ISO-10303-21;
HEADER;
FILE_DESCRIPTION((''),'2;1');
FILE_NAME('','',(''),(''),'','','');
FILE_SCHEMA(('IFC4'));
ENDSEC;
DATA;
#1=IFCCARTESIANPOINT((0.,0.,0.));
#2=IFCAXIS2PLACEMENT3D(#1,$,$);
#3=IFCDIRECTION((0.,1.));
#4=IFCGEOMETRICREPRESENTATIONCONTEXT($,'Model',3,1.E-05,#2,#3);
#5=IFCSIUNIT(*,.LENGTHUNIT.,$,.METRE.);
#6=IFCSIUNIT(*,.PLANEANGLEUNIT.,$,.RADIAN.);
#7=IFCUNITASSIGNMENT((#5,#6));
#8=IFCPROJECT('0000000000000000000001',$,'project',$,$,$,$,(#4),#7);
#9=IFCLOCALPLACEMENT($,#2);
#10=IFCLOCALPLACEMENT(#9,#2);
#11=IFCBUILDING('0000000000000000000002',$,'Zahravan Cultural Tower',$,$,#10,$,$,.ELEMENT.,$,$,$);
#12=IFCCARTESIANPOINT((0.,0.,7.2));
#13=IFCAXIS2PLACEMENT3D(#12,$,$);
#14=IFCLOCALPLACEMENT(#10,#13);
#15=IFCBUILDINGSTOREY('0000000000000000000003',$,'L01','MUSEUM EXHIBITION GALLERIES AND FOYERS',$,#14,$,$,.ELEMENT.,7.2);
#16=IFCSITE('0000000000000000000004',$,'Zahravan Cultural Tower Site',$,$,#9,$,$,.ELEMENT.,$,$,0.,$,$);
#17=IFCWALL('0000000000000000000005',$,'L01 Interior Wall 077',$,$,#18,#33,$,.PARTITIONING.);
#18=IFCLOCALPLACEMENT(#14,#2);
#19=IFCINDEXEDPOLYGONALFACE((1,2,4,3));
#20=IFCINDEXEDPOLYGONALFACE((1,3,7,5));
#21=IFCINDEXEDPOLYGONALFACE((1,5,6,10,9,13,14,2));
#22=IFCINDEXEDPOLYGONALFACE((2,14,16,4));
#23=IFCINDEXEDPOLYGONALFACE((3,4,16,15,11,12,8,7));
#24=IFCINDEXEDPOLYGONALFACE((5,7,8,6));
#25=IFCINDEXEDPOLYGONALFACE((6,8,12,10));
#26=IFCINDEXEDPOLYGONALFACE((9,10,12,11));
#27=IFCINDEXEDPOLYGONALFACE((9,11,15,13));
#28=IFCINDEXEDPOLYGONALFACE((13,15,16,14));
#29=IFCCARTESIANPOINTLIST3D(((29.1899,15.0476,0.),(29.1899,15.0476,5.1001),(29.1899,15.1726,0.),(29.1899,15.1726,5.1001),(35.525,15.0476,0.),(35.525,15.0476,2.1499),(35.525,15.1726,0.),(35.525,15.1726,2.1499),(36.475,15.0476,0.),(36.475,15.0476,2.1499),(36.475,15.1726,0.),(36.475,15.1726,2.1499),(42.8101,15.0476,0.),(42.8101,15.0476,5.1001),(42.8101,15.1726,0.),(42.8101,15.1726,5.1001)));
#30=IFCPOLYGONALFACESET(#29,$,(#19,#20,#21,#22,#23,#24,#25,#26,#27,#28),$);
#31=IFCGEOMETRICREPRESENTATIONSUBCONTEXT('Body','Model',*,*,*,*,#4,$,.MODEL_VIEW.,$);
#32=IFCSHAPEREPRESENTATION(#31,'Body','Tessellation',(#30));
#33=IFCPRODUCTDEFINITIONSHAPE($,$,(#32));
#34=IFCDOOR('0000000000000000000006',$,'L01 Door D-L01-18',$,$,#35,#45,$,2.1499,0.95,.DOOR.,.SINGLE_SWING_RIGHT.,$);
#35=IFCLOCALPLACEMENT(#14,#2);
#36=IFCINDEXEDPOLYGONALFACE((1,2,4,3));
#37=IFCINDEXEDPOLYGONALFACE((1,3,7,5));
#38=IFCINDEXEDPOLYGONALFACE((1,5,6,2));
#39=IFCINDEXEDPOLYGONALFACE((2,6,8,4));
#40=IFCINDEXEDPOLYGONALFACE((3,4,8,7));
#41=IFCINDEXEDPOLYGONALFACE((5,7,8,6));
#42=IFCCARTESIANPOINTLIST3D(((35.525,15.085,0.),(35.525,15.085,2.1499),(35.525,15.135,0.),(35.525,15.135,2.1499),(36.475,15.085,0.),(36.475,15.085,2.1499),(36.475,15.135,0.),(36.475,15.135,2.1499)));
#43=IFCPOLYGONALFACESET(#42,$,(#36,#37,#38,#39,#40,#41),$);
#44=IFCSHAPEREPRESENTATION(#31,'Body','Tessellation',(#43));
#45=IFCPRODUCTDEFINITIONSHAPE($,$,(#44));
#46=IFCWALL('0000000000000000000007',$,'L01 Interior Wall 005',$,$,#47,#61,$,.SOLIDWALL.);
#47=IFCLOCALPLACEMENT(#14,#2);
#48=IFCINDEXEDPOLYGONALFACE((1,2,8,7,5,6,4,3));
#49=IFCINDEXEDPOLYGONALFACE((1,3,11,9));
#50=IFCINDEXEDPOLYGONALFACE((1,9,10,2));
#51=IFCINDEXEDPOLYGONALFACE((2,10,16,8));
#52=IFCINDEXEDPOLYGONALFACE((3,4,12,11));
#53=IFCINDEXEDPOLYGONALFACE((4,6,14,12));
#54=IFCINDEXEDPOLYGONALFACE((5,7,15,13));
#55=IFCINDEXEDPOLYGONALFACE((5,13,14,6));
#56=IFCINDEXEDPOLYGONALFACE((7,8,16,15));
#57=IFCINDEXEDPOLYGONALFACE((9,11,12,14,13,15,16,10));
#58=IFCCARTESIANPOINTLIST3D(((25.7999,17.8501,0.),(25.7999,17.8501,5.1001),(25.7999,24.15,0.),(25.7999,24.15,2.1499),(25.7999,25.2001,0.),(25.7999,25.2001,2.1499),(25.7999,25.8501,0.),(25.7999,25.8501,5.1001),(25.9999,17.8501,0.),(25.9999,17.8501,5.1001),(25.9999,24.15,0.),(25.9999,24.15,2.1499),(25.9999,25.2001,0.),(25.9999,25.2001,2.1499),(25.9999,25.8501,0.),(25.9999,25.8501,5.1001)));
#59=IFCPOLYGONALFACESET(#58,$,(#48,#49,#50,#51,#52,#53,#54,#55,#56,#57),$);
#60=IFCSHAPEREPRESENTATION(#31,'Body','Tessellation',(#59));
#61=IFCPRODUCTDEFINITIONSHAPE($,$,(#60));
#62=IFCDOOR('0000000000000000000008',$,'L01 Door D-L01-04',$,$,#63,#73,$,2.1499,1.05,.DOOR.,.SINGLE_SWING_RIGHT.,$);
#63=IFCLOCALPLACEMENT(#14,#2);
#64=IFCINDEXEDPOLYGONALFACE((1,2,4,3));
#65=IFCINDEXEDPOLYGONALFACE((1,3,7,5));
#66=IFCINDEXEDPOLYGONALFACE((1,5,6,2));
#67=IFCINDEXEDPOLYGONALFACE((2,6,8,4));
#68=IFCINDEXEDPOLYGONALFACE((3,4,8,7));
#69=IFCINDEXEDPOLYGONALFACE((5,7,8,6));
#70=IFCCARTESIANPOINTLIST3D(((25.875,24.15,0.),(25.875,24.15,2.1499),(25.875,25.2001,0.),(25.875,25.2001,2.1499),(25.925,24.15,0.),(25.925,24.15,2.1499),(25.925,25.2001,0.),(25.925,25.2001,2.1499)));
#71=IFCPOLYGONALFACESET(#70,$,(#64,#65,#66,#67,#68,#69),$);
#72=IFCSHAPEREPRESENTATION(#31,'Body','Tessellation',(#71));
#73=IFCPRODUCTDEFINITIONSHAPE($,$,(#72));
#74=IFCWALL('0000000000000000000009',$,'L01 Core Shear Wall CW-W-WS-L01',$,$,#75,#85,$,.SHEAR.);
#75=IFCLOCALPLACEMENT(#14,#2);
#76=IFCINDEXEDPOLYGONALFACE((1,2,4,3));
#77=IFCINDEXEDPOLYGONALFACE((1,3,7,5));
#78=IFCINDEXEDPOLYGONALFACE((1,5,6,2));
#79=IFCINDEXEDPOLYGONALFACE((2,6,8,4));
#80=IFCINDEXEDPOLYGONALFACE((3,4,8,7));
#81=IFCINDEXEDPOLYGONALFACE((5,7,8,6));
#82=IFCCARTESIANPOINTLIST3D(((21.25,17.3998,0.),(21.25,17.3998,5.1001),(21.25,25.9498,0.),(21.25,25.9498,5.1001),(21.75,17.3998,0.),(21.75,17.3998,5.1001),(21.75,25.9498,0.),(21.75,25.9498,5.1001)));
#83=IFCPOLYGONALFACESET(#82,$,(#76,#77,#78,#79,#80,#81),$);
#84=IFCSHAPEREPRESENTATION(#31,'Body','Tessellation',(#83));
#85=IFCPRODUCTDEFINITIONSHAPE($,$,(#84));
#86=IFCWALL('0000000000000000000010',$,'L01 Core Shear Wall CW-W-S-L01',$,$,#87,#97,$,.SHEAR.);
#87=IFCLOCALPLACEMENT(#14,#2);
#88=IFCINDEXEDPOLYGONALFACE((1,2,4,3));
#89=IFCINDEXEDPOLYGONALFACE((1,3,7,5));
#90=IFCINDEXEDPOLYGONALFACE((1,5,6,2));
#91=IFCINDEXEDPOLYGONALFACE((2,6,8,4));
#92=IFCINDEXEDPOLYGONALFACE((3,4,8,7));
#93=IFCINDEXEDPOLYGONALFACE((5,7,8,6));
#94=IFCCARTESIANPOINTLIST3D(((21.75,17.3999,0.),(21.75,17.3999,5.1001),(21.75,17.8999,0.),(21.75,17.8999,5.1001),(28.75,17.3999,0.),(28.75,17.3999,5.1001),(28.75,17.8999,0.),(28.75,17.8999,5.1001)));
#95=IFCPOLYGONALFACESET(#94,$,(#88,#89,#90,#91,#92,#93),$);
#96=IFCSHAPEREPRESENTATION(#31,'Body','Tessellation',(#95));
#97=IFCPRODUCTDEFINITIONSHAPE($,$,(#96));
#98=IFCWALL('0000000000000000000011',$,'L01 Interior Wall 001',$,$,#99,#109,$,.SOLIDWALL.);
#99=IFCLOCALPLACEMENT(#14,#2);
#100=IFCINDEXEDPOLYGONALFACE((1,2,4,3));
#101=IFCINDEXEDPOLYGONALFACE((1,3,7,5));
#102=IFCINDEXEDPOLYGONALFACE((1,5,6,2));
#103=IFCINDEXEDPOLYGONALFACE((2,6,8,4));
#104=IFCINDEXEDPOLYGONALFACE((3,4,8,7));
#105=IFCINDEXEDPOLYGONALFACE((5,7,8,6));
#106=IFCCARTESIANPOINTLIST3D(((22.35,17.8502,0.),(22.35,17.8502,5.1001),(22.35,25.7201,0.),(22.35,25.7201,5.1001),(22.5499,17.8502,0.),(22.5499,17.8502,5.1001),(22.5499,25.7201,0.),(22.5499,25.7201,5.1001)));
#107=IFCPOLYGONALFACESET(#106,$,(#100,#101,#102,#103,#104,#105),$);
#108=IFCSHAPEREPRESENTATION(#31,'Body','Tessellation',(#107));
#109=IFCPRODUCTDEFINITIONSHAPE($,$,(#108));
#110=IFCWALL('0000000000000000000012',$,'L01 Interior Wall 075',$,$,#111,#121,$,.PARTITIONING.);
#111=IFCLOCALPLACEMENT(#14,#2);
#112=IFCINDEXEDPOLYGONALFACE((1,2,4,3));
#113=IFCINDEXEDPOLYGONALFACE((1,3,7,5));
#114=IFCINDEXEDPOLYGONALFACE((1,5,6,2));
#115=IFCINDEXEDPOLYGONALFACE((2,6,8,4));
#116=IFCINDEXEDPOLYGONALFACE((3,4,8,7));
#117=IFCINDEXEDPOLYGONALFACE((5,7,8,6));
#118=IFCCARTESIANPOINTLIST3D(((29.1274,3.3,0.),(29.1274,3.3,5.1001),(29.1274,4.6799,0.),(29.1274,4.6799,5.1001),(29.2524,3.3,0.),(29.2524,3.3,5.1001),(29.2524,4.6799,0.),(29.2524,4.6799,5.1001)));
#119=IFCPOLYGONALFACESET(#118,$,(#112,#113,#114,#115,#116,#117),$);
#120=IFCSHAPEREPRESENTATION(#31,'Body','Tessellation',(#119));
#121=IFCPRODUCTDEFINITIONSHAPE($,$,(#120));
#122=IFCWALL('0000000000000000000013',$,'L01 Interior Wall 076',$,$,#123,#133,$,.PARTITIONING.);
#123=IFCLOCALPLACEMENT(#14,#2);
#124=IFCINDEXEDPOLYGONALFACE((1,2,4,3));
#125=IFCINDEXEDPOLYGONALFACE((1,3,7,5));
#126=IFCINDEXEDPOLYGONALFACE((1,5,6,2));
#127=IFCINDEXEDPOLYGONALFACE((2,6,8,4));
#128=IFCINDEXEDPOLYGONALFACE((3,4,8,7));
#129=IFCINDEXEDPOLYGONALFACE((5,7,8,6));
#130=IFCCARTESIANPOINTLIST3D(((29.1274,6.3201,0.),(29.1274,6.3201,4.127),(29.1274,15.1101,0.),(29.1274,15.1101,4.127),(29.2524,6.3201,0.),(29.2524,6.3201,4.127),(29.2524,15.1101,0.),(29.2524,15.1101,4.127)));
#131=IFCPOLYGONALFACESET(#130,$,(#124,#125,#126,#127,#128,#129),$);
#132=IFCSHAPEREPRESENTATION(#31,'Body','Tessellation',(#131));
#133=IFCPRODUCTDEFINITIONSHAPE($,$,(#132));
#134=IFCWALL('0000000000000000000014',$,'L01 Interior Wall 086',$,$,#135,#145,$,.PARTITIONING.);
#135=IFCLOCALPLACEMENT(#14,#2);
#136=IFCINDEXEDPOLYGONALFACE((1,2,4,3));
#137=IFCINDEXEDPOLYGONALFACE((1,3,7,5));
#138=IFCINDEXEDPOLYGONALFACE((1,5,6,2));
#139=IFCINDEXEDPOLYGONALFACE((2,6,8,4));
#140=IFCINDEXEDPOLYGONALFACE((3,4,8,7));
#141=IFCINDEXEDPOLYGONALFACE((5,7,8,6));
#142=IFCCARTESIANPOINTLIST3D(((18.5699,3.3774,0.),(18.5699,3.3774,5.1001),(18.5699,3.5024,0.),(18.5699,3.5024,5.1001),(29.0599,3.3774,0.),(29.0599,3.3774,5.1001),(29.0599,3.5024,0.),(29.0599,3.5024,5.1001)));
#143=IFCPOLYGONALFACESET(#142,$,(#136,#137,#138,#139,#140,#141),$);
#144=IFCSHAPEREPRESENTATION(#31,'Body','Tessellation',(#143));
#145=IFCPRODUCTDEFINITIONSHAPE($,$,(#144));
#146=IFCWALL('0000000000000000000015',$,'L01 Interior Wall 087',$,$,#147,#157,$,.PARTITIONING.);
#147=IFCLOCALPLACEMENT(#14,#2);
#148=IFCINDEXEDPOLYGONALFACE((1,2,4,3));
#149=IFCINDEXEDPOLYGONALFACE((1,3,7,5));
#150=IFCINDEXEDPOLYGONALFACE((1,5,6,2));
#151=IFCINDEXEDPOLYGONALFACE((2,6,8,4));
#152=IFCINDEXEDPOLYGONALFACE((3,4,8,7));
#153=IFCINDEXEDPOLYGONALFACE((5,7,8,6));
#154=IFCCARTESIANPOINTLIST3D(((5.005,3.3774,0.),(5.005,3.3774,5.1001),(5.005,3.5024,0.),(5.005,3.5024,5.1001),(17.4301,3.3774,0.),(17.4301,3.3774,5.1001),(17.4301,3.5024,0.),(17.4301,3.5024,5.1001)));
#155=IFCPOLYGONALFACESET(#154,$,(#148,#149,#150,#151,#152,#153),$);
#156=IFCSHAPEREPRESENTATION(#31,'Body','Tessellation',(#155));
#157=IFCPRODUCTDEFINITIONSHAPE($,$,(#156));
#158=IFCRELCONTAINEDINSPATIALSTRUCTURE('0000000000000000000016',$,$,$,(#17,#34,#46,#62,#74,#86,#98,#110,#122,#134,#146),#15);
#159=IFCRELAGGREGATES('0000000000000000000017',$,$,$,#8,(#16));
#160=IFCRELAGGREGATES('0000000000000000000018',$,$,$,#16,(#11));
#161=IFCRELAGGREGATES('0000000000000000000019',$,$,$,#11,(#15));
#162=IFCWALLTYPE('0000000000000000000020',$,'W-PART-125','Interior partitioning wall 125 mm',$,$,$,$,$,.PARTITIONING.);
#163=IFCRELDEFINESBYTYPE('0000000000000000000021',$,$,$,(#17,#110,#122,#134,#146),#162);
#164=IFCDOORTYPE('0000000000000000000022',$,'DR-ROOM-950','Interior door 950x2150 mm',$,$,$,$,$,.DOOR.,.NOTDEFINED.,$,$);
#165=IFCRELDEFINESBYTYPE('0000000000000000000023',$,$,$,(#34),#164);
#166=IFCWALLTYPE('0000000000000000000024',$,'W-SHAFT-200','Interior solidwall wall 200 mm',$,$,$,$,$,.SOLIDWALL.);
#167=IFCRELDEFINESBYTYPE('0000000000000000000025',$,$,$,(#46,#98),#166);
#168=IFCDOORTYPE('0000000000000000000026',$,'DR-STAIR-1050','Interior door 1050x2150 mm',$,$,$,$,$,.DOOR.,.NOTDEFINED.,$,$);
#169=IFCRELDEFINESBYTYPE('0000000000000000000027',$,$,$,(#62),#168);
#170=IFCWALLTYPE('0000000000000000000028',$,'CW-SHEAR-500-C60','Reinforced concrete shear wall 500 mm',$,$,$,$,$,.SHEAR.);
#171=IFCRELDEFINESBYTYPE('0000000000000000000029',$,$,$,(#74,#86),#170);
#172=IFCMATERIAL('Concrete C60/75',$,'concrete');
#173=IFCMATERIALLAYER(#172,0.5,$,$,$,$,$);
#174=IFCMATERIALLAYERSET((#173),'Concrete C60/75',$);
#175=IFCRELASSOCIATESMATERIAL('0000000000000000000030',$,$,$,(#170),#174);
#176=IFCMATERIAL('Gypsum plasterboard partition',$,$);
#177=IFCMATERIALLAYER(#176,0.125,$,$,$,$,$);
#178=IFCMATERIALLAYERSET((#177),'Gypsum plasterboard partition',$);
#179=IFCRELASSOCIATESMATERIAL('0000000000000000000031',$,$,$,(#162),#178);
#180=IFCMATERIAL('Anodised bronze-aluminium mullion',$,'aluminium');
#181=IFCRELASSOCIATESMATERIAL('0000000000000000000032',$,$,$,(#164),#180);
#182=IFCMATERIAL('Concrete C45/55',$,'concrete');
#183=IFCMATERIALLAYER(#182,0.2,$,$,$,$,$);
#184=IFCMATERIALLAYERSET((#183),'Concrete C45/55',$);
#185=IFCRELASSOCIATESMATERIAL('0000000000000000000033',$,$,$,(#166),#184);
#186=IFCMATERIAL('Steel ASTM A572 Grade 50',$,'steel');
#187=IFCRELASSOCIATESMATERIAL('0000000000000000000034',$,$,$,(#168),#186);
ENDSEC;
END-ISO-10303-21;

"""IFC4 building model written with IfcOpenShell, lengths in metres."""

from ifc_helpers import new_model, si_unit, direction, frame, frame_2d, origin, place, context, subcontext, project, spatial, rectangle, extrude, source, transform, mapped, material, layer, layer_set, type_object, element, fill, save


model = new_model("IFC4")

# Units and contexts
model_context = context("Model", 3, precision=1e-05, world=origin(), true_north=direction((0.0, 1.0)))
body_context = subcontext(model_context, "Body", "Model", "MODEL_VIEW")
ifc_project = project(units=[si_unit("LENGTHUNIT", "METRE"), si_unit("PLANEANGLEUNIT", "RADIAN")], contexts=[model_context])

# Site, building, storey
site_placement = place(None, origin())
site = spatial("IfcSite", under=ifc_project, at=site_placement, Name="Zahravan Cultural Tower Site", CompositionType="ELEMENT", RefElevation=0.0)
building_placement = place(site_placement, origin())
building = spatial("IfcBuilding", under=site, at=building_placement, Name="Zahravan Cultural Tower", CompositionType="ELEMENT")
storey_placement = place(building_placement, frame((0.0, 0.0, 7.2)))
storey = spatial("IfcBuildingStorey", under=building, at=storey_placement, Name="L01", Description="MUSEUM EXHIBITION GALLERIES AND FOYERS", CompositionType="ELEMENT", Elevation=7.2)

# Shared definitions
ifc_material_1 = material(Name="Concrete C60/75", Category="concrete")
ifc_material_2 = material(Name="Steel ASTM A572 Grade 50", Category="steel")

# Shared definitions
ifc_layer_1 = layer(ifc_material_1, 0.5)
ifc_layer_set_1 = layer_set([ifc_layer_1], Name="Concrete C60/75")
wall_type_1 = type_object("IfcWallType", Name="CW-SHEAR-500-C60", Description="Reinforced concrete shear wall 500 mm", PredefinedType="SHEAR", material=ifc_layer_set_1)

# Walls, openings, doors
ifc_material_3 = material(Name="Gypsum plasterboard partition")
ifc_layer_2 = layer(ifc_material_3, 0.125)
ifc_layer_set_2 = layer_set([ifc_layer_2], Name="Gypsum plasterboard partition")
wall_type_2 = type_object("IfcWallType", Name="W-PART-125", Description="Interior partitioning wall 125 mm", PredefinedType="PARTITIONING", material=ifc_layer_set_2)
wall_1_placement = place(storey_placement, frame((29.1899, 15.1101, 0.0), z_axis=(0.0, 0.0, 1.0), x_axis=(1.0, 0.0, 0.0)))
wall_1 = element("IfcWall", 1, at=wall_1_placement, inside=storey, type_object=wall_type_2, Name="L01 Interior Wall 077", PredefinedType="PARTITIONING", context=body_context, shape_type="SweptSolid", body=[
    extrude(rectangle(XDim=13.6201, YDim=0.125, at=frame_2d((6.8101, 0.0))), origin(), (0.0, 0.0, 1.0), 5.1001),
])
opening_1_placement = place(wall_1_placement, frame((6.335, 0.0, 0.0)))
opening_1 = element("IfcOpeningElement", 2, at=opening_1_placement, cuts=wall_1, PredefinedType="OPENING", context=body_context, shape_type="SweptSolid", body=[
    extrude(rectangle(XDim=0.95, YDim=2.1499, at=frame_2d((0.4751, 1.075))), frame((0.0, 0.0725, 0.0), z_axis=(0.0, -1.0, 0.0), x_axis=(1.0, 0.0, 0.0)), (0.0, 0.0, 1.0), 0.145),
])
ifc_material_4 = material(Name="Anodised bronze-aluminium mullion", Category="aluminium")
door_type_1 = type_object("IfcDoorType", Name="DR-ROOM-950", Description="Interior door 950x2150 mm", OperationType="NOTDEFINED", PredefinedType="DOOR", material=ifc_material_4)
shared_shape_1 = source(origin(), body_context, "Body", "SweptSolid", [
    extrude(rectangle(XDim=0.95, YDim=2.1499, at=frame_2d((0.4751, 1.075))), frame((0.0, 0.0249, 0.0), z_axis=(0.0, -1.0, 0.0), x_axis=(1.0, 0.0, 0.0)), (0.0, 0.0, 1.0), 0.05),
])
door_1_placement = place(opening_1_placement, origin())
door_1 = element("IfcDoor", 3, at=door_1_placement, inside=storey, type_object=door_type_1, Name="L01 Door D-L01-18", OperationType="SINGLE_SWING_RIGHT", OverallHeight=2.1499, OverallWidth=0.95, PredefinedType="DOOR", context=body_context, shape_type="MappedRepresentation", body=[
    mapped(shared_shape_1, transform((0.0, 0.0, 0.0), x_axis=(1.0, 0.0, 0.0), y_axis=(0.0, 1.0, 0.0), z_axis=(0.0, 0.0, 1.0), scale=1.0)),
])
fill(opening_1, door_1)
ifc_material_5 = material(Name="Concrete C45/55", Category="concrete")
ifc_layer_3 = layer(ifc_material_5, 0.2)
ifc_layer_set_3 = layer_set([ifc_layer_3], Name="Concrete C45/55")
wall_type_3 = type_object("IfcWallType", Name="W-SHAFT-200", Description="Interior solidwall wall 200 mm", PredefinedType="SOLIDWALL", material=ifc_layer_set_3)
wall_2_placement = place(storey_placement, frame((25.8999, 17.8501, 0.0), z_axis=(0.0, 0.0, 1.0), x_axis=(0.0, 1.0, 0.0)))
wall_2 = element("IfcWall", 4, at=wall_2_placement, inside=storey, type_object=wall_type_3, Name="L01 Interior Wall 005", PredefinedType="SOLIDWALL", context=body_context, shape_type="SweptSolid", body=[
    extrude(rectangle(XDim=8.0, YDim=0.2, at=frame_2d((4.0, 0.0))), origin(), (0.0, 0.0, 1.0), 5.1001),
])
opening_2_placement = place(wall_2_placement, frame((6.3, 0.0, 0.0)))
opening_2 = element("IfcOpeningElement", 5, at=opening_2_placement, cuts=wall_2, PredefinedType="OPENING", context=body_context, shape_type="SweptSolid", body=[
    extrude(rectangle(XDim=1.05, YDim=2.1499, at=frame_2d((0.5249, 1.075))), frame((0.0, 0.1099, 0.0), z_axis=(0.0, -1.0, 0.0), x_axis=(1.0, 0.0, 0.0)), (0.0, 0.0, 1.0), 0.22),
])
door_type_2 = type_object("IfcDoorType", Name="DR-STAIR-1050", Description="Interior door 1050x2150 mm", OperationType="NOTDEFINED", PredefinedType="DOOR", material=ifc_material_2)
shared_shape_2 = source(origin(), body_context, "Body", "SweptSolid", [
    extrude(rectangle(XDim=1.05, YDim=2.1499, at=frame_2d((0.5249, 1.075))), frame((0.0, 0.0249, 0.0), z_axis=(0.0, -1.0, 0.0), x_axis=(1.0, 0.0, 0.0)), (0.0, 0.0, 1.0), 0.05),
])
door_2_placement = place(opening_2_placement, origin())
door_2 = element("IfcDoor", 6, at=door_2_placement, inside=storey, type_object=door_type_2, Name="L01 Door D-L01-04", OperationType="SINGLE_SWING_RIGHT", OverallHeight=2.1499, OverallWidth=1.05, PredefinedType="DOOR", context=body_context, shape_type="MappedRepresentation", body=[
    mapped(shared_shape_2, transform((0.0, 0.0, 0.0), x_axis=(1.0, 0.0, 0.0), y_axis=(0.0, 1.0, 0.0), z_axis=(0.0, 0.0, 1.0), scale=1.0)),
])
fill(opening_2, door_2)

# Walls
shared_shape_3 = source(origin(), body_context, "Body", "SweptSolid", [
    extrude(rectangle(XDim=8.55, YDim=0.5, at=frame_2d((4.2749, 0.0))), origin(), (0.0, 0.0, 1.0), 5.1001),
])
wall_3_placement = place(storey_placement, frame((21.5, 17.3999, 0.0), z_axis=(0.0, 0.0, 1.0), x_axis=(0.0, 1.0, 0.0)))
element("IfcWall", 7, at=wall_3_placement, inside=storey, type_object=wall_type_1, Name="L01 Core Shear Wall CW-W-WS-L01", PredefinedType="SHEAR", context=body_context, shape_type="MappedRepresentation", body=[
    mapped(shared_shape_3, transform((0.0, 0.0, 0.0), x_axis=(1.0, 0.0, 0.0), y_axis=(0.0, 1.0, 0.0), z_axis=(0.0, 0.0, 1.0), scale=1.0)),
])
shared_shape_4 = source(origin(), body_context, "Body", "SweptSolid", [
    extrude(rectangle(XDim=7.0, YDim=0.5, at=frame_2d((3.5, 0.0))), origin(), (0.0, 0.0, 1.0), 5.1001),
])
wall_4_placement = place(storey_placement, frame((21.75, 17.6499, 0.0), z_axis=(0.0, 0.0, 1.0), x_axis=(1.0, 0.0, 0.0)))
element("IfcWall", 8, at=wall_4_placement, inside=storey, type_object=wall_type_1, Name="L01 Core Shear Wall CW-W-S-L01", PredefinedType="SHEAR", context=body_context, shape_type="MappedRepresentation", body=[
    mapped(shared_shape_4, transform((0.0, 0.0, 0.0), x_axis=(1.0, 0.0, 0.0), y_axis=(0.0, 1.0, 0.0), z_axis=(0.0, 0.0, 1.0), scale=1.0)),
])
shared_shape_5 = source(origin(), body_context, "Body", "SweptSolid", [
    extrude(rectangle(XDim=7.8699, YDim=0.2, at=frame_2d((3.9351, 0.0))), origin(), (0.0, 0.0, 1.0), 5.1001),
])
wall_5_placement = place(storey_placement, frame((22.45, 17.8501, 0.0), z_axis=(0.0, 0.0, 1.0), x_axis=(0.0, 1.0, 0.0)))
element("IfcWall", 9, at=wall_5_placement, inside=storey, type_object=wall_type_3, Name="L01 Interior Wall 001", PredefinedType="SOLIDWALL", context=body_context, shape_type="MappedRepresentation", body=[
    mapped(shared_shape_5, transform((0.0, 0.0, 0.0), x_axis=(1.0, 0.0, 0.0), y_axis=(0.0, 1.0, 0.0), z_axis=(0.0, 0.0, 1.0), scale=1.0)),
])
shared_shape_6 = source(origin(), body_context, "Body", "SweptSolid", [
    extrude(rectangle(XDim=1.3799, YDim=0.125, at=frame_2d((0.6899, 0.0))), origin(), (0.0, 0.0, 1.0), 5.1001),
])
wall_6_placement = place(storey_placement, frame((29.1899, 3.3, 0.0), z_axis=(0.0, 0.0, 1.0), x_axis=(0.0, 1.0, 0.0)))
element("IfcWall", 10, at=wall_6_placement, inside=storey, type_object=wall_type_2, Name="L01 Interior Wall 075", PredefinedType="PARTITIONING", context=body_context, shape_type="MappedRepresentation", body=[
    mapped(shared_shape_6, transform((0.0, 0.0, 0.0), x_axis=(1.0, 0.0, 0.0), y_axis=(0.0, 1.0, 0.0), z_axis=(0.0, 0.0, 1.0), scale=1.0)),
])
shared_shape_7 = source(origin(), body_context, "Body", "SweptSolid", [
    extrude(rectangle(XDim=8.79, YDim=0.125, at=frame_2d((4.395, 0.0))), origin(), (0.0, 0.0, 1.0), 4.127),
])
wall_7_placement = place(storey_placement, frame((29.1899, 6.3201, 0.0), z_axis=(0.0, 0.0, 1.0), x_axis=(0.0, 1.0, 0.0)))
element("IfcWall", 11, at=wall_7_placement, inside=storey, type_object=wall_type_2, Name="L01 Interior Wall 076", PredefinedType="PARTITIONING", context=body_context, shape_type="MappedRepresentation", body=[
    mapped(shared_shape_7, transform((0.0, 0.0, 0.0), x_axis=(1.0, 0.0, 0.0), y_axis=(0.0, 1.0, 0.0), z_axis=(0.0, 0.0, 1.0), scale=1.0)),
])
shared_shape_8 = source(origin(), body_context, "Body", "SweptSolid", [
    extrude(rectangle(XDim=10.49, YDim=0.125, at=frame_2d((5.2451, 0.0))), origin(), (0.0, 0.0, 1.0), 5.1001),
])
wall_8_placement = place(storey_placement, frame((29.0601, 3.4399, 0.0), z_axis=(0.0, 0.0, 1.0), x_axis=(-1.0, 0.0, 0.0)))
element("IfcWall", 12, at=wall_8_placement, inside=storey, type_object=wall_type_2, Name="L01 Interior Wall 086", PredefinedType="PARTITIONING", context=body_context, shape_type="MappedRepresentation", body=[
    mapped(shared_shape_8, transform((0.0, 0.0, 0.0), x_axis=(1.0, 0.0, 0.0), y_axis=(0.0, 1.0, 0.0), z_axis=(0.0, 0.0, 1.0), scale=1.0)),
])
shared_shape_9 = source(origin(), body_context, "Body", "SweptSolid", [
    extrude(rectangle(XDim=12.425, YDim=0.125, at=frame_2d((6.2124, 0.0))), origin(), (0.0, 0.0, 1.0), 5.1001),
])
wall_9_placement = place(storey_placement, frame((17.4299, 3.4399, 0.0), z_axis=(0.0, 0.0, 1.0), x_axis=(-1.0, 0.0, 0.0)))
element("IfcWall", 13, at=wall_9_placement, inside=storey, type_object=wall_type_2, Name="L01 Interior Wall 087", PredefinedType="PARTITIONING", context=body_context, shape_type="MappedRepresentation", body=[
    mapped(shared_shape_9, transform((0.0, 0.0, 0.0), x_axis=(1.0, 0.0, 0.0), y_axis=(0.0, 1.0, 0.0), z_axis=(0.0, 0.0, 1.0), scale=1.0)),
])

save(model, "model.ifc")
